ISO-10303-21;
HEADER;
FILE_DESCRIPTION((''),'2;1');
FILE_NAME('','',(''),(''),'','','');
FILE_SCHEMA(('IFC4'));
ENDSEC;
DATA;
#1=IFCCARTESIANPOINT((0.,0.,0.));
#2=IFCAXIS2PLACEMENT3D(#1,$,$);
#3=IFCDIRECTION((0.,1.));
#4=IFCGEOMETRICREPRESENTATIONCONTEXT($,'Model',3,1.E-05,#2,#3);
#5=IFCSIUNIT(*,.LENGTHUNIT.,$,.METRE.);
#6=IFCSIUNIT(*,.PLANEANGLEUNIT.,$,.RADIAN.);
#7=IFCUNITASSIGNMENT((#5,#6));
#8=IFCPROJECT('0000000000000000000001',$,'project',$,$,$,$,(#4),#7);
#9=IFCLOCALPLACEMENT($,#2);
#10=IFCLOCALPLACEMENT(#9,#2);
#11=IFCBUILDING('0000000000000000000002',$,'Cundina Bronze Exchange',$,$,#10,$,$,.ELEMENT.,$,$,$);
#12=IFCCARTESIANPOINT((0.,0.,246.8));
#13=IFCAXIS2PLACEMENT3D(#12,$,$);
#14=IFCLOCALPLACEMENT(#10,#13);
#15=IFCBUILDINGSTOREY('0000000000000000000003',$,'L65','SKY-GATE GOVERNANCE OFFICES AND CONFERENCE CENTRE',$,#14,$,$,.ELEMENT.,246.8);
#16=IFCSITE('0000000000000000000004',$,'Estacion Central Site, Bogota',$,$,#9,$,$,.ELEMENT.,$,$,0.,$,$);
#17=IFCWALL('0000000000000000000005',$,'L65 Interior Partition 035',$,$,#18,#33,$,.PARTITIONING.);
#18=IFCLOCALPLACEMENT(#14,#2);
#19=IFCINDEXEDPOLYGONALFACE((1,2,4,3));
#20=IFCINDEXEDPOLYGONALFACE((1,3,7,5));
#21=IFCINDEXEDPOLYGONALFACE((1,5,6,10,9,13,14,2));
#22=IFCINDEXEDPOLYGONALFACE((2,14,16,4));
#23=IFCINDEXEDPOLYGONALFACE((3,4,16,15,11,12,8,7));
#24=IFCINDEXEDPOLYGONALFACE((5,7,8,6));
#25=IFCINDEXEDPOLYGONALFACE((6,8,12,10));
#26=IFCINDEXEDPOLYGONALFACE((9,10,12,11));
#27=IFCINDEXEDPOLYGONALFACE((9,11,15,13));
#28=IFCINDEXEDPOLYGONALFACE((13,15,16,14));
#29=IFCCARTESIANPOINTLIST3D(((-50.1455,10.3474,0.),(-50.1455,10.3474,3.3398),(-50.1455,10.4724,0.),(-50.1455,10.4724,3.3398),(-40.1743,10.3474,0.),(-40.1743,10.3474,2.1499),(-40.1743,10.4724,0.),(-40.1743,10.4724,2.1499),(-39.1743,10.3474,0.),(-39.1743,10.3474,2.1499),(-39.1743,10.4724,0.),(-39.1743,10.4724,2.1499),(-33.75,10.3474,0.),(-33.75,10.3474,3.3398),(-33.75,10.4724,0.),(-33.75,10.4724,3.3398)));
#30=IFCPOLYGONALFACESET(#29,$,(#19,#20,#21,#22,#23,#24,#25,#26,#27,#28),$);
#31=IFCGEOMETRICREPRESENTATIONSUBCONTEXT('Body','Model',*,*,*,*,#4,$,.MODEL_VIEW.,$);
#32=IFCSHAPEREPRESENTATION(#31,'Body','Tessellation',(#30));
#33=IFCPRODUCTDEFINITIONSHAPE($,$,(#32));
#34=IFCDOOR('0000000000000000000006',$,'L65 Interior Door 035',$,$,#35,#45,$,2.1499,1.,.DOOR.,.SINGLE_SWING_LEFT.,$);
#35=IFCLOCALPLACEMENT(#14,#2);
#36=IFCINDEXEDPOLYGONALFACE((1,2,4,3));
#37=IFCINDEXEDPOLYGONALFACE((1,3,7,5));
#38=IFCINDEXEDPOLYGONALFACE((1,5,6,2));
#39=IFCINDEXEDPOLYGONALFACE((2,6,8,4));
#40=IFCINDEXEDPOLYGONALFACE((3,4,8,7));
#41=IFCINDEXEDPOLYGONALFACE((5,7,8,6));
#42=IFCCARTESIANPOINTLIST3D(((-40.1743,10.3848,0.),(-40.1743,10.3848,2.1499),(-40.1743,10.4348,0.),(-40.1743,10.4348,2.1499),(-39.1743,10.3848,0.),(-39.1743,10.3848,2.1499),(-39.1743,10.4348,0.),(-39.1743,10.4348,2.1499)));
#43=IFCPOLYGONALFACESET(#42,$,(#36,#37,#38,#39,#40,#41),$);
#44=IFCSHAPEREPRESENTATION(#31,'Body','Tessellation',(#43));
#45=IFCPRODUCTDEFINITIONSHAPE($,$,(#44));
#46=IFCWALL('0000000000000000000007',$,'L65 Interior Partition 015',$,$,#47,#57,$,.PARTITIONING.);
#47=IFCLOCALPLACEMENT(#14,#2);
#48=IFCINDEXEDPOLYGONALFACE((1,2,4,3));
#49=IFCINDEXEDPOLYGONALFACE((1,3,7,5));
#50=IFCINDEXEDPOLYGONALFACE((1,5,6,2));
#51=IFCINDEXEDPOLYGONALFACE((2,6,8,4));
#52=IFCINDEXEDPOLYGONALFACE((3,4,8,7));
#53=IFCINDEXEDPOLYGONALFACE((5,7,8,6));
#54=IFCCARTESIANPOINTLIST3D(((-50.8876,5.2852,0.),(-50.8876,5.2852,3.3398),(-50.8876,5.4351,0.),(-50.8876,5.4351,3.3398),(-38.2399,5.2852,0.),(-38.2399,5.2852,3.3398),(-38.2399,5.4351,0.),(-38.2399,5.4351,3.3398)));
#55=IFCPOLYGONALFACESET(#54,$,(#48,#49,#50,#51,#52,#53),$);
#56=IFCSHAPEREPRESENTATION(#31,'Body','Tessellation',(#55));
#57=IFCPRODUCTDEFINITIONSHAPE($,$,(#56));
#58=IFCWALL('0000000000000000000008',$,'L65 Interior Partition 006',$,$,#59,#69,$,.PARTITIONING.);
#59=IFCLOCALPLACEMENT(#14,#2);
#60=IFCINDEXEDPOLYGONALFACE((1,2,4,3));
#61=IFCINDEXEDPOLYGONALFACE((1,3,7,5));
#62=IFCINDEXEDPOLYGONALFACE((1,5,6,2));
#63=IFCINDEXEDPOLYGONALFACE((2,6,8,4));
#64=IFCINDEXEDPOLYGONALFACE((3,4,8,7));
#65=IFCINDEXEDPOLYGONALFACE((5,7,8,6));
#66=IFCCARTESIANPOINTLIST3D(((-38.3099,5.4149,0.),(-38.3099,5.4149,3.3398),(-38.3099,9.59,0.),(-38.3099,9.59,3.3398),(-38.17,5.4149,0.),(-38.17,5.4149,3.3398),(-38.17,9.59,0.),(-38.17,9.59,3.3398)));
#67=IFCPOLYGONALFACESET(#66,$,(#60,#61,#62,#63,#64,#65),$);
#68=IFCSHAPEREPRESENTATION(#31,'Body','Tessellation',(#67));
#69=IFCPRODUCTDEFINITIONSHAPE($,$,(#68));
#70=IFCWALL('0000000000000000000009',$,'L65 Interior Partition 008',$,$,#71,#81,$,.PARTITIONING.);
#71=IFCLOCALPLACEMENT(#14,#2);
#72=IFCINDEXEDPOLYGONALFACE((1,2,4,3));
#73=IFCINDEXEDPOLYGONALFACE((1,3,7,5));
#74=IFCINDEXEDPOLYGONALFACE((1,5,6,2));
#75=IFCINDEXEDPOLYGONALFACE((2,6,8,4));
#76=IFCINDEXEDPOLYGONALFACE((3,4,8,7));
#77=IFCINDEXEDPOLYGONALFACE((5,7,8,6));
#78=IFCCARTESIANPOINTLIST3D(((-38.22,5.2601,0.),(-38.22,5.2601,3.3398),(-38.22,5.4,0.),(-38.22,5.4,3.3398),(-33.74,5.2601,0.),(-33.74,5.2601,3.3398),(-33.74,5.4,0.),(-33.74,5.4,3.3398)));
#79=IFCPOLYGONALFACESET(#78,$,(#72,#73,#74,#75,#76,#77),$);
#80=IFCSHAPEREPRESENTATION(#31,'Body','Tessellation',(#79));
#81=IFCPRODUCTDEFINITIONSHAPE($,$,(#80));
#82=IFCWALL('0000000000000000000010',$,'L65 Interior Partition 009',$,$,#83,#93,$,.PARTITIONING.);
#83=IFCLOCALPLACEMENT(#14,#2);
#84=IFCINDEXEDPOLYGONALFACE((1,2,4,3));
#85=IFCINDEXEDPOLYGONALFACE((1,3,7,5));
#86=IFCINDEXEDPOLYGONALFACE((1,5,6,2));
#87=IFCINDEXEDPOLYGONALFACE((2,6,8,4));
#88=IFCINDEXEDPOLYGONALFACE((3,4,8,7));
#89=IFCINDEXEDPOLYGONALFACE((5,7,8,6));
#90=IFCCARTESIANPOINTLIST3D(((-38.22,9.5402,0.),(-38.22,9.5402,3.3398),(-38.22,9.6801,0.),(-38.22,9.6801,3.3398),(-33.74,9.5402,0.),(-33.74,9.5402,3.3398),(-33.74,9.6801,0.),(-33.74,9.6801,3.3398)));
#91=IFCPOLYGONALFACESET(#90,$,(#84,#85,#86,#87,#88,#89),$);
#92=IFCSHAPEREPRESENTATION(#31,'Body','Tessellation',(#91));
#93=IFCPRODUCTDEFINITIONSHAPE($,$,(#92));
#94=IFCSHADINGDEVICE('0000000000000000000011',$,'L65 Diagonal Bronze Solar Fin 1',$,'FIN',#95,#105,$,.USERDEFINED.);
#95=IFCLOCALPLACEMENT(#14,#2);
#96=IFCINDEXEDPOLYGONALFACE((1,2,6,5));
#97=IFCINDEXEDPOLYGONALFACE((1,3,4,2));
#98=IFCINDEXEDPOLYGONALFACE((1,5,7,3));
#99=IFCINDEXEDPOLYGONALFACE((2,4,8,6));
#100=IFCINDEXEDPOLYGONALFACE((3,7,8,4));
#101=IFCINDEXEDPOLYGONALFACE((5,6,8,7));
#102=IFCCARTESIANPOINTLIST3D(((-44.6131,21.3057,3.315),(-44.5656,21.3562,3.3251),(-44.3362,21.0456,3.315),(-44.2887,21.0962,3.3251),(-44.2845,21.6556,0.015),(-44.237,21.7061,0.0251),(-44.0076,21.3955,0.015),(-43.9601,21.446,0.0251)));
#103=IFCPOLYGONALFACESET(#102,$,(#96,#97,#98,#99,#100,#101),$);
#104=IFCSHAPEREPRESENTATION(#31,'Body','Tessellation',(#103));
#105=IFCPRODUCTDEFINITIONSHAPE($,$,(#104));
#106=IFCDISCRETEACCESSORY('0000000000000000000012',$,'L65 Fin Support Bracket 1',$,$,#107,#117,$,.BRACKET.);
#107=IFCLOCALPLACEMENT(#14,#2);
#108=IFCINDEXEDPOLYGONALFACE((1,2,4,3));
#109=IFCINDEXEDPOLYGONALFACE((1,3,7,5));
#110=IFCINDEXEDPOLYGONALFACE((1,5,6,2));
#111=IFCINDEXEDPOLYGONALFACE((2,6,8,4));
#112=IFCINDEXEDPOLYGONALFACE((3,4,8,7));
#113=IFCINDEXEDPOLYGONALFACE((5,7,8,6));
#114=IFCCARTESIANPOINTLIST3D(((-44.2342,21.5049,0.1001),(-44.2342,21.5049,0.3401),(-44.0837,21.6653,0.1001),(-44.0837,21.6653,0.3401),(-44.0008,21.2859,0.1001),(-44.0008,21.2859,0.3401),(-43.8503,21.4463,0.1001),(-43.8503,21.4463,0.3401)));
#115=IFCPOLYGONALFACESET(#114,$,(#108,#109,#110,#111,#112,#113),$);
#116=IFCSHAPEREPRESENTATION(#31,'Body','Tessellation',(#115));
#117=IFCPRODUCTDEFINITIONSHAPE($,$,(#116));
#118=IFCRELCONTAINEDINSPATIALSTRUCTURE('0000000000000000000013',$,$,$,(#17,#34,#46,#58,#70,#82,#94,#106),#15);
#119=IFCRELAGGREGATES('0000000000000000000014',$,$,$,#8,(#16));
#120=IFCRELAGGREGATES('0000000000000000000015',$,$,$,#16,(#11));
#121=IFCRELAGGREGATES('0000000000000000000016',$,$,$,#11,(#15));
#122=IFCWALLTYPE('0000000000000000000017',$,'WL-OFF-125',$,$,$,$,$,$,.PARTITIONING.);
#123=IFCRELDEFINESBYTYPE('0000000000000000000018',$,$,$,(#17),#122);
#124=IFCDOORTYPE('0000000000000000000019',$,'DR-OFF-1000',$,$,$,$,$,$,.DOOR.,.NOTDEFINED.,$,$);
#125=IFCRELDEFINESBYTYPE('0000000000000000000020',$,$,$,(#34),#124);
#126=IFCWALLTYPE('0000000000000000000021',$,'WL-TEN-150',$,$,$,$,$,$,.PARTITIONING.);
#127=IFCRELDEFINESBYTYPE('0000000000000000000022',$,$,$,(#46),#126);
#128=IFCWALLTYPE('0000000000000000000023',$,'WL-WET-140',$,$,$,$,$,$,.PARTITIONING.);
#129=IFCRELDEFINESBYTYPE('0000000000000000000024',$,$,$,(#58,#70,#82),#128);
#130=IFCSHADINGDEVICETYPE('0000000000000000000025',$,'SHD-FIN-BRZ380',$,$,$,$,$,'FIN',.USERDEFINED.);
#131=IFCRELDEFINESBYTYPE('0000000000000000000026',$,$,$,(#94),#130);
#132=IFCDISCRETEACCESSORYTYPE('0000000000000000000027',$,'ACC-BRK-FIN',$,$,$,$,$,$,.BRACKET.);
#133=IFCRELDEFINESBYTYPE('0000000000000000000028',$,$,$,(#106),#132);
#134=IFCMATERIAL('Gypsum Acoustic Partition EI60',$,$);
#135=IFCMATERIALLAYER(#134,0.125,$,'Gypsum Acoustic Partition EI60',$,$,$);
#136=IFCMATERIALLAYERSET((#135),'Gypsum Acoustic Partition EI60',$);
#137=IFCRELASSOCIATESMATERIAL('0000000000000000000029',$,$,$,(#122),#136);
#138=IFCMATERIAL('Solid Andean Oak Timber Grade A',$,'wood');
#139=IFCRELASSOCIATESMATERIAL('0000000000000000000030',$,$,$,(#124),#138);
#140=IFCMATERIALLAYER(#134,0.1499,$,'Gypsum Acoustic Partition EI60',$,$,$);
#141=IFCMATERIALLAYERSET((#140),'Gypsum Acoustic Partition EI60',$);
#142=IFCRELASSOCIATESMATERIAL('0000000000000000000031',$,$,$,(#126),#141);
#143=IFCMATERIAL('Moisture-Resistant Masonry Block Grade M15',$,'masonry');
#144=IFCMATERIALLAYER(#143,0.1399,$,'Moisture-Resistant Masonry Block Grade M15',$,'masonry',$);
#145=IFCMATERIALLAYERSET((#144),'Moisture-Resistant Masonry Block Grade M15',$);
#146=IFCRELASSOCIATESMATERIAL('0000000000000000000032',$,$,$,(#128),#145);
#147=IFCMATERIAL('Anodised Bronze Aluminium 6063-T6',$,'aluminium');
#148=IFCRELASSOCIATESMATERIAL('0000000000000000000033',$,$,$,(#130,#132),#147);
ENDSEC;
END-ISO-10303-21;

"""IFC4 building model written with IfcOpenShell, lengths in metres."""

from ifc_helpers import new_model, si_unit, direction, frame, frame_2d, origin, origin_2d, place, context, subcontext, project, spatial, rectangle, extrude, material, layer, layer_set, material_profile, profile_set, type_object, element, fill, save


model = new_model("IFC4")

# Units and contexts
model_context = context("Model", 3, precision=1e-05, world=origin(), true_north=direction((0.0, 1.0)))
body_context = subcontext(model_context, "Body", "Model", "MODEL_VIEW")
ifc_project = project(units=[si_unit("LENGTHUNIT", "METRE"), si_unit("PLANEANGLEUNIT", "RADIAN")], contexts=[model_context])

# Site, building, storey
site_placement = place(None, origin())
site = spatial("IfcSite", under=ifc_project, at=site_placement, Name="Estacion Central Site, Bogota", CompositionType="ELEMENT", RefElevation=0.0)
building_placement = place(site_placement, origin())
building = spatial("IfcBuilding", under=site, at=building_placement, Name="Cundina Bronze Exchange", CompositionType="ELEMENT")
storey_placement = place(building_placement, frame((0.0, 0.0, 246.8)))
storey = spatial("IfcBuildingStorey", under=building, at=storey_placement, Name="L65", Description="SKY-GATE GOVERNANCE OFFICES AND CONFERENCE CENTRE", CompositionType="ELEMENT", Elevation=246.8)

# Shared definitions
ifc_material_1 = material(Name="Anodised Bronze Aluminium 6063-T6", Category="aluminium")

# Wall, opening, door
ifc_material_2 = material(Name="Gypsum Acoustic Partition EI60")
ifc_layer_1 = layer(ifc_material_2, 0.125, Name="Gypsum Acoustic Partition EI60")
ifc_layer_set_1 = layer_set([ifc_layer_1], Name="Gypsum Acoustic Partition EI60")
wall_type_1 = type_object("IfcWallType", Name="WL-OFF-125", PredefinedType="PARTITIONING", material=ifc_layer_set_1)
wall_1_placement = place(storey_placement, frame((-50.1455, 10.4099, 0.0), z_axis=(0.0, 0.0, 1.0), x_axis=(1.0, 0.0, 0.0)))
wall_1 = element("IfcWall", 1, at=wall_1_placement, inside=storey, type_object=wall_type_1, Name="L65 Interior Partition 035", PredefinedType="PARTITIONING", context=body_context, shape_type="SweptSolid", body=[
    extrude(rectangle(XDim=16.3955, YDim=0.125, at=frame_2d((8.1978, 0.0))), origin(), (0.0, 0.0, 1.0), 3.3398),
])
opening_placement = place(wall_1_placement, frame((9.9712, 0.0, 0.0)))
opening = element("IfcOpeningElement", 2, at=opening_placement, cuts=wall_1, PredefinedType="OPENING", context=body_context, shape_type="SweptSolid", body=[
    extrude(rectangle(XDim=1.0, YDim=2.1499, at=frame_2d((0.5, 1.075))), frame((0.0, 0.0725, 0.0), z_axis=(0.0, -1.0, 0.0), x_axis=(1.0, 0.0, 0.0)), (0.0, 0.0, 1.0), 0.145),
])
ifc_material_3 = material(Name="Solid Andean Oak Timber Grade A", Category="wood")
door_type = type_object("IfcDoorType", Name="DR-OFF-1000", OperationType="NOTDEFINED", PredefinedType="DOOR", material=ifc_material_3)
door_placement = place(opening_placement, origin())
door = element("IfcDoor", 3, at=door_placement, inside=storey, type_object=door_type, Name="L65 Interior Door 035", OperationType="SINGLE_SWING_LEFT", OverallHeight=2.1499, OverallWidth=1.0, PredefinedType="DOOR", context=body_context, shape_type="SweptSolid", body=[
    extrude(rectangle(XDim=1.0, YDim=2.1499, at=frame_2d((0.5, 1.075))), frame((0.0, 0.0249, 0.0), z_axis=(0.0, -1.0, 0.0), x_axis=(1.0, 0.0, 0.0)), (0.0, 0.0, 1.0), 0.05),
])
fill(opening, door)

# Walls
ifc_layer_2 = layer(ifc_material_2, 0.1499, Name="Gypsum Acoustic Partition EI60")
ifc_layer_set_2 = layer_set([ifc_layer_2], Name="Gypsum Acoustic Partition EI60")
wall_type_2 = type_object("IfcWallType", Name="WL-TEN-150", PredefinedType="PARTITIONING", material=ifc_layer_set_2)
wall_2_placement = place(storey_placement, frame((-50.8875, 5.3601, 0.0), z_axis=(0.0, 0.0, 1.0), x_axis=(1.0, 0.0, 0.0)))
element("IfcWall", 4, at=wall_2_placement, inside=storey, type_object=wall_type_2, Name="L65 Interior Partition 015", PredefinedType="PARTITIONING", context=body_context, shape_type="SweptSolid", body=[
    extrude(rectangle(XDim=12.6477, YDim=0.1499, at=frame_2d((6.3237, 0.0))), origin(), (0.0, 0.0, 1.0), 3.3398),
])
ifc_material_4 = material(Name="Moisture-Resistant Masonry Block Grade M15", Category="masonry")
ifc_layer_3 = layer(ifc_material_4, 0.1399, Name="Moisture-Resistant Masonry Block Grade M15", Category="masonry")
ifc_layer_set_3 = layer_set([ifc_layer_3], Name="Moisture-Resistant Masonry Block Grade M15")
wall_type_3 = type_object("IfcWallType", Name="WL-WET-140", PredefinedType="PARTITIONING", material=ifc_layer_set_3)
wall_3_placement = place(storey_placement, frame((-38.24, 5.415, 0.0), z_axis=(0.0, 0.0, 1.0), x_axis=(0.0, 1.0, 0.0)))
element("IfcWall", 5, at=wall_3_placement, inside=storey, type_object=wall_type_3, Name="L65 Interior Partition 006", PredefinedType="PARTITIONING", context=body_context, shape_type="SweptSolid", body=[
    extrude(rectangle(XDim=4.175, YDim=0.1399, at=frame_2d((2.0874, 0.0))), origin(), (0.0, 0.0, 1.0), 3.3398),
])
for number, where, z_axis, x_axis, name in (
    (6, (-38.22, 5.3301, 0.0), (0.0, 0.0, 1.0), (1.0, 0.0, 0.0), "L65 Interior Partition 008"),
    (7, (-38.22, 9.6101, 0.0), (0.0, 0.0, 1.0), (1.0, 0.0, 0.0), "L65 Interior Partition 009"),
):
    element("IfcWall", number, at=place(storey_placement, frame(where, z_axis=z_axis, x_axis=x_axis)), inside=storey, type_object=wall_type_3, Name=name, PredefinedType="PARTITIONING", context=body_context, shape_type="SweptSolid", body=[
        extrude(rectangle(XDim=4.48, YDim=0.1399, at=frame_2d((2.24, 0.0))), origin(), (0.0, 0.0, 1.0), 3.3398),
    ])

# Shading device
ifc_material_profile_1 = material_profile(ifc_material_1, rectangle(XDim=0.0701, YDim=0.3799, at=origin_2d()), Name="FIN70X380", Category="aluminium")
ifc_profile_set_1 = profile_set([ifc_material_profile_1], Name="Anodised Bronze Aluminium 6063-T6")
shading_device_type = type_object("IfcShadingDeviceType", Name="SHD-FIN-BRZ380", ElementType="FIN", PredefinedType="USERDEFINED", material=ifc_profile_set_1)
shading_device_placement = place(storey_placement, frame((-44.1223, 21.5508, 0.02), z_axis=(-0.098541, -0.104911, 0.989587), x_axis=(0.677506, 0.721297, 0.143933)))
element("IfcShadingDevice", 8, at=shading_device_placement, inside=storey, type_object=shading_device_type, Name="L65 Diagonal Bronze Solar Fin 1", ObjectType="FIN", PredefinedType="USERDEFINED", context=body_context, shape_type="SweptSolid", body=[
    extrude(rectangle(XDim=0.0701, YDim=0.3799, at=origin_2d()), origin(), (0.0, 0.0, 1.0), 3.3347),
])

# Discrete accessory
discrete_accessory_type = type_object("IfcDiscreteAccessoryType", Name="ACC-BRK-FIN", PredefinedType="BRACKET", material=ifc_material_1)
discrete_accessory_placement = place(storey_placement, frame((-44.0422, 21.4756, 0.1001), z_axis=(0.0, 0.0, 1.0), x_axis=(-0.684344, -0.72916, 0.0)))
element("IfcDiscreteAccessory", 9, at=discrete_accessory_placement, inside=storey, type_object=discrete_accessory_type, Name="L65 Fin Support Bracket 1", PredefinedType="BRACKET", context=body_context, shape_type="SweptSolid", body=[
    extrude(rectangle(XDim=0.22, YDim=0.3201, at=origin_2d()), origin(), (0.0, 0.0, 1.0), 0.24),
])

save(model, "model.ifc")
